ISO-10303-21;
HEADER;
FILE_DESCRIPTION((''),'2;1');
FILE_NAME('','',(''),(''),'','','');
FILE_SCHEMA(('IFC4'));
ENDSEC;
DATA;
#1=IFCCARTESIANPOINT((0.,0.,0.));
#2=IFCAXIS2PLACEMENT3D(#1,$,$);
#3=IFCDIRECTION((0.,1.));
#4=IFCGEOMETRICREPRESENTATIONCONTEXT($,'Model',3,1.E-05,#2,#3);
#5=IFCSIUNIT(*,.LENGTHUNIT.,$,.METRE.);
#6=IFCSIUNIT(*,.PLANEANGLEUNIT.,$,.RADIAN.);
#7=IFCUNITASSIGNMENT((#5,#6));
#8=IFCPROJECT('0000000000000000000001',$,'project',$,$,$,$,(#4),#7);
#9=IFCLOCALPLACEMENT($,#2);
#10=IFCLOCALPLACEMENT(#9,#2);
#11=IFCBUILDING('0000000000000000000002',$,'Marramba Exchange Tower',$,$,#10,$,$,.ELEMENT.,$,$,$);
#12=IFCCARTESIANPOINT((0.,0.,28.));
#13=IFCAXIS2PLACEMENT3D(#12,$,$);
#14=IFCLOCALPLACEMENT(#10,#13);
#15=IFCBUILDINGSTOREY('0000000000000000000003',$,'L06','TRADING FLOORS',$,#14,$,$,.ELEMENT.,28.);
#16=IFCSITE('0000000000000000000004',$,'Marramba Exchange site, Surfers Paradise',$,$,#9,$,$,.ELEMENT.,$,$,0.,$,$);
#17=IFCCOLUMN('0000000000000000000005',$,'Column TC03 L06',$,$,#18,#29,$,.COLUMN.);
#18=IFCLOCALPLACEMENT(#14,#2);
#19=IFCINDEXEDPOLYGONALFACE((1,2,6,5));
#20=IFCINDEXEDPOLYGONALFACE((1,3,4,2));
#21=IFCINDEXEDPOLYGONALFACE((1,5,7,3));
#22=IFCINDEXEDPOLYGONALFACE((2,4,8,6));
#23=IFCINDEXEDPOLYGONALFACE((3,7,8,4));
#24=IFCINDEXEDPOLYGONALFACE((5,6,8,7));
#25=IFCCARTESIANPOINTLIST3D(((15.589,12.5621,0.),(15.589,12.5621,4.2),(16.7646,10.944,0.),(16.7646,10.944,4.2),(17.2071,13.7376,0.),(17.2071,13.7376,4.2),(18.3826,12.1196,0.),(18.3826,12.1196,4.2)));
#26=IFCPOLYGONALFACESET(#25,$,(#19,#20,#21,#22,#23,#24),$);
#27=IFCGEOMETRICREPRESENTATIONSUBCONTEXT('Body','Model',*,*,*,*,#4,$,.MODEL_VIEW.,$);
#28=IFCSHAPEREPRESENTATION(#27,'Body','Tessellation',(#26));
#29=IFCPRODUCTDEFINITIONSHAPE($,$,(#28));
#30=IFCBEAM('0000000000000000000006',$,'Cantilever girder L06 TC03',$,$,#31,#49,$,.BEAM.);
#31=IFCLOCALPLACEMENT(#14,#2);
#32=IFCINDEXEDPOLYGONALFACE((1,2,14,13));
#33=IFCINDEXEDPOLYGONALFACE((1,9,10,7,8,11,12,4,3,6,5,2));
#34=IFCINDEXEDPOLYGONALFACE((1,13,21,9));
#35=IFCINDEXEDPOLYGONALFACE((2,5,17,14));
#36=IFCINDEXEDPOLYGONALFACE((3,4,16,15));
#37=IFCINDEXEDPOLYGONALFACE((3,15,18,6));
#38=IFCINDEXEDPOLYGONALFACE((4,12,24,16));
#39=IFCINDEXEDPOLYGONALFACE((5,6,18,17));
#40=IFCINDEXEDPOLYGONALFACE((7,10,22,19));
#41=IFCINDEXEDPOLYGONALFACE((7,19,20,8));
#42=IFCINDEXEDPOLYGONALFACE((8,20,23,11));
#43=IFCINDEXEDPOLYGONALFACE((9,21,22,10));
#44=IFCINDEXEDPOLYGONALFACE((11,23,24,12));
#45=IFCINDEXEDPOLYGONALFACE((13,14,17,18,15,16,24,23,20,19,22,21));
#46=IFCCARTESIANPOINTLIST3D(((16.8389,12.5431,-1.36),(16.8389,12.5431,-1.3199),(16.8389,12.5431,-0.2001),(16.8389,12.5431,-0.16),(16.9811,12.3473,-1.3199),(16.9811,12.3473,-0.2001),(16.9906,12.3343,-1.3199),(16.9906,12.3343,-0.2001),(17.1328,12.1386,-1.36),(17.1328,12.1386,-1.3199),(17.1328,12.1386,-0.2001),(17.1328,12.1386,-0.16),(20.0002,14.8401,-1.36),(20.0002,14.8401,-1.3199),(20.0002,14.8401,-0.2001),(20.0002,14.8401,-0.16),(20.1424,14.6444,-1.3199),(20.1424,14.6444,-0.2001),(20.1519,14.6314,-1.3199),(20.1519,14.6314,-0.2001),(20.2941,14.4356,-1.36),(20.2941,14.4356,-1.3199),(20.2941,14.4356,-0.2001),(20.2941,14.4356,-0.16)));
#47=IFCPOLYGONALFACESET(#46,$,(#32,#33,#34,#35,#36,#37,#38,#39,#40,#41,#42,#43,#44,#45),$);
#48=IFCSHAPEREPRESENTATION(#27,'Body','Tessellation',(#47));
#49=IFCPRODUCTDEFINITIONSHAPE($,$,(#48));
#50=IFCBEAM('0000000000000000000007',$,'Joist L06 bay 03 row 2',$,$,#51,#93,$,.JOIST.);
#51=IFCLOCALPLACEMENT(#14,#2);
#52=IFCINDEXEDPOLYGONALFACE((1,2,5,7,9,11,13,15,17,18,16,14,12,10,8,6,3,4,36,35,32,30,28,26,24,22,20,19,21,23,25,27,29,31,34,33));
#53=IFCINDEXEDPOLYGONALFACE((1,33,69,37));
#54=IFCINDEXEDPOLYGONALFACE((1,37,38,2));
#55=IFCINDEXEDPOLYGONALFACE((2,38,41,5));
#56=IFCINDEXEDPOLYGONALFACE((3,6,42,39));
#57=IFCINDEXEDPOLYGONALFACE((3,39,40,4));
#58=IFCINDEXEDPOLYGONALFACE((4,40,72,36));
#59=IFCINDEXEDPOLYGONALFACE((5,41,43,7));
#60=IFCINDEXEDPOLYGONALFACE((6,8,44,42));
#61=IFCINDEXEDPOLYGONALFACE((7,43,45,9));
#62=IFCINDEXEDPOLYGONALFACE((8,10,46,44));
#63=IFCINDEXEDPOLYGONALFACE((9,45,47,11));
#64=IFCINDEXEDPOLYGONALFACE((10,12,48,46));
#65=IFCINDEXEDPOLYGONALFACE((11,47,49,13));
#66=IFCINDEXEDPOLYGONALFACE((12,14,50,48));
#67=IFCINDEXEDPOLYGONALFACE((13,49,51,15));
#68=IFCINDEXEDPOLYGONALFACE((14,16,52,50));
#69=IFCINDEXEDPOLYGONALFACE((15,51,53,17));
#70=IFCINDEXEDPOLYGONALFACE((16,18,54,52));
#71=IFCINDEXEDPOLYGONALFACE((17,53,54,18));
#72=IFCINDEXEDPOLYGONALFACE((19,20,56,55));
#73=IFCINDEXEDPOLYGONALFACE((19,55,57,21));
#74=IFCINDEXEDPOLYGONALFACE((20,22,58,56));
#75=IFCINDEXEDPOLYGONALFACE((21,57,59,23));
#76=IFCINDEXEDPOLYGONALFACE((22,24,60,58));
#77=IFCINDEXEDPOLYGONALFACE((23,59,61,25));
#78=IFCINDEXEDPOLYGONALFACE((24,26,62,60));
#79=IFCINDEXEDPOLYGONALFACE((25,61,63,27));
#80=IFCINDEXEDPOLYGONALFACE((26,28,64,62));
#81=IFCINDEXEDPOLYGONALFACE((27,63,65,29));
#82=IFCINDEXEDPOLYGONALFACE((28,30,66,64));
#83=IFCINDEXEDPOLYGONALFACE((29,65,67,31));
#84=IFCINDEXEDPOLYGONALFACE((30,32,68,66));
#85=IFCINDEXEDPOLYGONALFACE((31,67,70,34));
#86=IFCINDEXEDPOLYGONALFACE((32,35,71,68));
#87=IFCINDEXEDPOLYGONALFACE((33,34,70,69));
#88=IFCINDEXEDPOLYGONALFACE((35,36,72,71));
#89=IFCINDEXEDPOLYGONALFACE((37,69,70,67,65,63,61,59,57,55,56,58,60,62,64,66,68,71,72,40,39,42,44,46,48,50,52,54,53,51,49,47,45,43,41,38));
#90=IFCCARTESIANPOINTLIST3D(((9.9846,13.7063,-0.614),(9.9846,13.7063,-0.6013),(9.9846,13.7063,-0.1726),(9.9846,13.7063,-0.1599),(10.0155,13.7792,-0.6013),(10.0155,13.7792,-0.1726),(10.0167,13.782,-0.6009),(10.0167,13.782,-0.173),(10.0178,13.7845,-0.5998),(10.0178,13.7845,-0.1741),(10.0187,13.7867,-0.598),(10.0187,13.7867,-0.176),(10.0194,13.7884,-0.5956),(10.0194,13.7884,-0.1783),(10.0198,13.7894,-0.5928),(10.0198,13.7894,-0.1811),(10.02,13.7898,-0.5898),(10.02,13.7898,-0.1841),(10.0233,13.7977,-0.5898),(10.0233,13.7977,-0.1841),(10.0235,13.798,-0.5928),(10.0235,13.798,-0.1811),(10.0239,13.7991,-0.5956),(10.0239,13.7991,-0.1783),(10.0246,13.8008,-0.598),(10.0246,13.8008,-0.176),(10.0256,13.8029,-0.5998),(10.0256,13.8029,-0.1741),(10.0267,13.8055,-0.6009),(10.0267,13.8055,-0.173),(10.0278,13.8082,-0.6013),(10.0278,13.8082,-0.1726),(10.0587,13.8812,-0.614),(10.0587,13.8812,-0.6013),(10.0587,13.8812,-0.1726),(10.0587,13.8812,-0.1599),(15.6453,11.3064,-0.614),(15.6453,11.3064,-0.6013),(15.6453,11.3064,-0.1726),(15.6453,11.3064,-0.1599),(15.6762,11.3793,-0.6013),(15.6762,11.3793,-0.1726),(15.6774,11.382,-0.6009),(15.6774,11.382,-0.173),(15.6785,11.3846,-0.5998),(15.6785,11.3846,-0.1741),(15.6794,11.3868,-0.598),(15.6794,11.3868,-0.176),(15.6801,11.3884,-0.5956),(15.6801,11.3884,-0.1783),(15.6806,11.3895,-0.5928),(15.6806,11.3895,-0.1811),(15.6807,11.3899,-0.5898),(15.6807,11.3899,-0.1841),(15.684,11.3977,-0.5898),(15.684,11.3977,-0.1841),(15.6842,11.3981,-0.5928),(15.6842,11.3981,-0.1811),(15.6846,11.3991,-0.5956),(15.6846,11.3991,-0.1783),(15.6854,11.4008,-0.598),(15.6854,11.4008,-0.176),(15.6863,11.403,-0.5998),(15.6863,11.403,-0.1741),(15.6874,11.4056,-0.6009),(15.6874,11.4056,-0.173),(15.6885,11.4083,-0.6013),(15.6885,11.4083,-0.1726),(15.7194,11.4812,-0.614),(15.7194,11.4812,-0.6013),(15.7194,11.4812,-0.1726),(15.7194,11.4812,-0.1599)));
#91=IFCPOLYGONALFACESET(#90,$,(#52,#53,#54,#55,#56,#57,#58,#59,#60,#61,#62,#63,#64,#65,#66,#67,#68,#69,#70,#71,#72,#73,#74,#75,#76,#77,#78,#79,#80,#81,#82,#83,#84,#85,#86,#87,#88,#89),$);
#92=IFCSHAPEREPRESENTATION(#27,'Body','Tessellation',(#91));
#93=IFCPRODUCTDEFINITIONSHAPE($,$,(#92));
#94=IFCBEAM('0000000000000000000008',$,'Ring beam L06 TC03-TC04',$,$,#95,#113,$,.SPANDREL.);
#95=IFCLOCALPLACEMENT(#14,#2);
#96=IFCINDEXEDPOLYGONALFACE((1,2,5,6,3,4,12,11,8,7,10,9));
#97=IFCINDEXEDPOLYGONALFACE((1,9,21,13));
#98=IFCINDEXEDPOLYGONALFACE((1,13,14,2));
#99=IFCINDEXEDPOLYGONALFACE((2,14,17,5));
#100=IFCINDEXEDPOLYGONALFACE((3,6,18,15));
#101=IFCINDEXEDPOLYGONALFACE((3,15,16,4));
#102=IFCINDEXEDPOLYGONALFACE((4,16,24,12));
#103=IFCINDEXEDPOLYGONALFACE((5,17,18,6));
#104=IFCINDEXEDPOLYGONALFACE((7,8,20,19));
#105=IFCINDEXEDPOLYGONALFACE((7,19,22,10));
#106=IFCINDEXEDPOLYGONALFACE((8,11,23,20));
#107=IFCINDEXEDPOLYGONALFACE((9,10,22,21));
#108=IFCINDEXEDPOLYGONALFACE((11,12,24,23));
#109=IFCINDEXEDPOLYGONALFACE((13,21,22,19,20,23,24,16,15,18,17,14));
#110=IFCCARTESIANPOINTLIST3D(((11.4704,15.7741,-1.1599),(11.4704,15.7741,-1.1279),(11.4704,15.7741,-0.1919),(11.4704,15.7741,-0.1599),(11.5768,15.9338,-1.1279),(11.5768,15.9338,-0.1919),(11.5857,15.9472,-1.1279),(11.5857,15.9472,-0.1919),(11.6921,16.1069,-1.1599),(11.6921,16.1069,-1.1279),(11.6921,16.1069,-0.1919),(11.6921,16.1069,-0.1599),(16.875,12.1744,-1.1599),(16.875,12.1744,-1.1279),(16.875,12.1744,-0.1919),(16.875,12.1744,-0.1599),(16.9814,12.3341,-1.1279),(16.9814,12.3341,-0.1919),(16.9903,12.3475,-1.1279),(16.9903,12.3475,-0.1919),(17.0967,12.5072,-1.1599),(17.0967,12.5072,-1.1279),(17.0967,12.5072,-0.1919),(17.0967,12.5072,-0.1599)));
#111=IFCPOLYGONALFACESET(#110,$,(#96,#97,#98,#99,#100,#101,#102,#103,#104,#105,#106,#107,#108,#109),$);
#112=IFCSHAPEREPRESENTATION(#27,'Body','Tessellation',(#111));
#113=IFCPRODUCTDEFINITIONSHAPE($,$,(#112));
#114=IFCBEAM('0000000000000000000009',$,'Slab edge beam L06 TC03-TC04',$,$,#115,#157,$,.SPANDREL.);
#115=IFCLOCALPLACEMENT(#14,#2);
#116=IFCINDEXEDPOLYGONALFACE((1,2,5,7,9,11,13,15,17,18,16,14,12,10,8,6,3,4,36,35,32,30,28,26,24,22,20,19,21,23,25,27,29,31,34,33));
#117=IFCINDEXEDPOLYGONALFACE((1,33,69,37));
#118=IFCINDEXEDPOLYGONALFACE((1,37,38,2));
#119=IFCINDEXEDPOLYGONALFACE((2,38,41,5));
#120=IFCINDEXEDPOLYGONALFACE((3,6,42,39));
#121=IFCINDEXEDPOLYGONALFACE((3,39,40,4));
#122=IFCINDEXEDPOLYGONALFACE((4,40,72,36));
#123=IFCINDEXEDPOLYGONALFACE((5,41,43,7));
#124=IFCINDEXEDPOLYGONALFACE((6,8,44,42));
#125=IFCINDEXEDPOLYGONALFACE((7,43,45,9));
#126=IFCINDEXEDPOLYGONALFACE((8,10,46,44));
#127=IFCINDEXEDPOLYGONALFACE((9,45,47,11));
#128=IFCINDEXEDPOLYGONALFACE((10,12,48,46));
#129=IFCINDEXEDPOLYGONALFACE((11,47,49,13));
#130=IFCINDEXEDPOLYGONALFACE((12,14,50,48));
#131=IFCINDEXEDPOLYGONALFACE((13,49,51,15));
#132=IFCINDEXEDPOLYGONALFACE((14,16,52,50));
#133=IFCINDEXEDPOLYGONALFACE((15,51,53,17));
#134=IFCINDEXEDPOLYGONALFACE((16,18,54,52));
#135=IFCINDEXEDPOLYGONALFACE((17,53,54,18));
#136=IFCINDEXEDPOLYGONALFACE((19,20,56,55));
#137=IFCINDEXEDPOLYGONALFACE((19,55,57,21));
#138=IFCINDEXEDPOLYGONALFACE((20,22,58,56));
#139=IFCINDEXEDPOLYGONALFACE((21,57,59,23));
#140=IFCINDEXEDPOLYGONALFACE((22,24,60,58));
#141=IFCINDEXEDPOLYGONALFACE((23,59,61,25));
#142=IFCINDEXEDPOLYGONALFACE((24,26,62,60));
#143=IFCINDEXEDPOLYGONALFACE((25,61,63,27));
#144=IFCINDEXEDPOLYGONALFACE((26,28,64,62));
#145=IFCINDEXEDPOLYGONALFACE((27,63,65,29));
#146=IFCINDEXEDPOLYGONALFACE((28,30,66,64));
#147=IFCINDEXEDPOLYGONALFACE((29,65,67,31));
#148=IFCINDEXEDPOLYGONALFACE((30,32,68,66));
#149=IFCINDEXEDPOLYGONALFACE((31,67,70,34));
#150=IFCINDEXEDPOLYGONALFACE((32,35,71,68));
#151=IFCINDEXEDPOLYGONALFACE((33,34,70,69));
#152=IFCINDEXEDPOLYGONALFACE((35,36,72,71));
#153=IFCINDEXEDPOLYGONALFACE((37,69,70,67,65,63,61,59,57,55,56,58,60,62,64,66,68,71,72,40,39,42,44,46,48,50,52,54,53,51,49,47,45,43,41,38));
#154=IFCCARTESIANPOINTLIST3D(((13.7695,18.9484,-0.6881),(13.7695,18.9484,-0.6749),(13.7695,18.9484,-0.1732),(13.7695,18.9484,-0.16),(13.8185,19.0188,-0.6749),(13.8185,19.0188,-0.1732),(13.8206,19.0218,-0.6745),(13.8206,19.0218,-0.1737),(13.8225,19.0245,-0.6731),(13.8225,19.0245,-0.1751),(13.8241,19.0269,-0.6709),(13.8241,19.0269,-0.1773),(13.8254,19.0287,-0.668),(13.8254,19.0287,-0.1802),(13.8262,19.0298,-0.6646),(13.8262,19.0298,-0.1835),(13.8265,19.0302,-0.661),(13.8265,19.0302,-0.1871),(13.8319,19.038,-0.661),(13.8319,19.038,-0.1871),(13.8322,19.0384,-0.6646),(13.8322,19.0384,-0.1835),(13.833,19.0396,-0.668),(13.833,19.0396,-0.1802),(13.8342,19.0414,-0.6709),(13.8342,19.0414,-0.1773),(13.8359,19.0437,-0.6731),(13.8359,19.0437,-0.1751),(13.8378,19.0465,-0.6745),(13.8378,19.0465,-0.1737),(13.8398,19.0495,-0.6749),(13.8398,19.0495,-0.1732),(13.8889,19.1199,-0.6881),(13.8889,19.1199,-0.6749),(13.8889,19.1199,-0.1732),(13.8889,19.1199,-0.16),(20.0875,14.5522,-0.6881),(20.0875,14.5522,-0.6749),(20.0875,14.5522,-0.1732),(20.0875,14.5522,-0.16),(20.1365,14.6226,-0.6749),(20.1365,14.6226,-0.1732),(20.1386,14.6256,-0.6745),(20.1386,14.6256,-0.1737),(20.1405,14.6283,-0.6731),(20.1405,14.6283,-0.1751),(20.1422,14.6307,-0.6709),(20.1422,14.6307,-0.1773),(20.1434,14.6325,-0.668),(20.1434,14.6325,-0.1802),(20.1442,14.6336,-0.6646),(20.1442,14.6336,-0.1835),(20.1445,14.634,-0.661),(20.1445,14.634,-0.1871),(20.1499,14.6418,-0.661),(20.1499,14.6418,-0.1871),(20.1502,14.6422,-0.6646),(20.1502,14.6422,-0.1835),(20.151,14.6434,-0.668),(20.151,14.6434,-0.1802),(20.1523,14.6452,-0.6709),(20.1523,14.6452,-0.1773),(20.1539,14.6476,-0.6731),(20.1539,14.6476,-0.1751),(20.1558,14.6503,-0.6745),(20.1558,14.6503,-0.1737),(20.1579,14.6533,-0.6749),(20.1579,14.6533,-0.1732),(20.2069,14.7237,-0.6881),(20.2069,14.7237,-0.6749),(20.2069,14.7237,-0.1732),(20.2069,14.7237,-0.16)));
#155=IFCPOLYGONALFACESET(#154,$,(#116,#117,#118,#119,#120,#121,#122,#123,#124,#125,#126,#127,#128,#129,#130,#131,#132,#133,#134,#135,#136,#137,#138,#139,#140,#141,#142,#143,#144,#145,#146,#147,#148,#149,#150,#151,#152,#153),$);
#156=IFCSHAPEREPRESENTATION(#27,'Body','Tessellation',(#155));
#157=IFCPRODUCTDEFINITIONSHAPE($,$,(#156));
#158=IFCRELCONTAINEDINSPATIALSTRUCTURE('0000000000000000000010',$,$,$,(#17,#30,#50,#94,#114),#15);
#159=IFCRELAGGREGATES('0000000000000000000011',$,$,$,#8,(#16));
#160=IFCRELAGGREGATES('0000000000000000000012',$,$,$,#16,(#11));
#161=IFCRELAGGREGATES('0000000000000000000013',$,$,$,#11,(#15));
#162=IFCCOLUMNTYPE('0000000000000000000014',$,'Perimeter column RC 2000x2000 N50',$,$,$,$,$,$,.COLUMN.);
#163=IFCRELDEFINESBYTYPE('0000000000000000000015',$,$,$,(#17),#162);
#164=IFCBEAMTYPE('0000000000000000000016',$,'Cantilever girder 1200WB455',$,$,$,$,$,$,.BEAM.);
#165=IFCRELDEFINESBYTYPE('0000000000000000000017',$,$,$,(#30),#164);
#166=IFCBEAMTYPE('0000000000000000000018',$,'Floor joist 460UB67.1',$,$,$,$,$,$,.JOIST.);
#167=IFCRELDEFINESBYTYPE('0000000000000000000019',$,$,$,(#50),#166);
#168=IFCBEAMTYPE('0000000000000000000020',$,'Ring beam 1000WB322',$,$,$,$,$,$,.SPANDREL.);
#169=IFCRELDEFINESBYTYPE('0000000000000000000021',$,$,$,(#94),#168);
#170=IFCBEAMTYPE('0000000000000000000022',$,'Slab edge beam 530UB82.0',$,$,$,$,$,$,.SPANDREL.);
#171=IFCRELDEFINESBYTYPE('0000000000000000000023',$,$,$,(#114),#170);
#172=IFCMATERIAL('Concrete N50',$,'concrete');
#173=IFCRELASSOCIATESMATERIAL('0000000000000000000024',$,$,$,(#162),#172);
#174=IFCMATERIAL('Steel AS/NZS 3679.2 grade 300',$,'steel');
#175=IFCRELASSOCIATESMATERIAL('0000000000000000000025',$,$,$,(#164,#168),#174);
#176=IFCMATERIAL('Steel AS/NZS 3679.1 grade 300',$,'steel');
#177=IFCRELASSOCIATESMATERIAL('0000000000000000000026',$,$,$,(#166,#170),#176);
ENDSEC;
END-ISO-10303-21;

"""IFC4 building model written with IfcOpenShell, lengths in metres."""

from ifc_helpers import new_model, si_unit, direction, frame, origin, origin_2d, place, context, subcontext, project, spatial, rectangle, i_section, extrude, material, material_profile, profile_set, type_object, element, save


model = new_model("IFC4")

# Units and contexts
model_context = context("Model", 3, precision=1e-05, world=origin(), true_north=direction((0.0, 1.0)))
body_context = subcontext(model_context, "Body", "Model", "MODEL_VIEW")
ifc_project = project(units=[si_unit("LENGTHUNIT", "METRE"), si_unit("PLANEANGLEUNIT", "RADIAN")], contexts=[model_context])

# Site, building, storey
site_placement = place(None, origin())
site = spatial("IfcSite", under=ifc_project, at=site_placement, Name="Marramba Exchange site, Surfers Paradise", CompositionType="ELEMENT", RefElevation=0.0)
building_placement = place(site_placement, origin())
building = spatial("IfcBuilding", under=site, at=building_placement, Name="Marramba Exchange Tower", CompositionType="ELEMENT")
storey_placement = place(building_placement, frame((0.0, 0.0, 28.0)))
storey = spatial("IfcBuildingStorey", under=building, at=storey_placement, Name="L06", Description="TRADING FLOORS", CompositionType="ELEMENT", Elevation=28.0)

# Column
ifc_material_1 = material(Name="Concrete N50", Category="concrete")
ifc_material_profile_1 = material_profile(ifc_material_1, rectangle(XDim=2.0, YDim=2.0, at=origin_2d()), Name="RC 2000x2000")
ifc_profile_set_1 = profile_set([ifc_material_profile_1], Name="Concrete N50")
column_type = type_object("IfcColumnType", Name="Perimeter column RC 2000x2000 N50", PredefinedType="COLUMN", material=ifc_profile_set_1)
column_placement = place(storey_placement, frame((16.9858, 12.3408, 0.0), z_axis=(0.0, 0.0, 1.0), x_axis=(0.809017, 0.587785, 0.0)))
element("IfcColumn", 1, at=column_placement, inside=storey, type_object=column_type, Name="Column TC03 L06", PredefinedType="COLUMN", context=body_context, shape_type="SweptSolid", body=[
    extrude(rectangle(XDim=2.0, YDim=2.0, at=origin_2d()), origin(), (0.0, 0.0, 1.0), 4.2),
])

# Beams
ifc_material_2 = material(Name="Steel AS/NZS 3679.2 grade 300", Category="steel")
ifc_material_profile_2 = material_profile(ifc_material_2, i_section(OverallWidth=0.5, OverallDepth=1.2, WebThickness=0.0161, FlangeThickness=0.04, at=origin_2d()), Name="1200WB455")
ifc_profile_set_2 = profile_set([ifc_material_profile_2], Name="Steel AS/NZS 3679.2 grade 300")
beam_type_1 = type_object("IfcBeamType", Name="Cantilever girder 1200WB455", PredefinedType="BEAM", material=ifc_profile_set_2)
beam_1_placement = place(storey_placement, frame((16.9858, 12.3408, -0.76), z_axis=(0.808987, 0.587826, 0.0), x_axis=(-0.587826, 0.808987, 0.0)))
element("IfcBeam", 2, at=beam_1_placement, inside=storey, type_object=beam_type_1, Name="Cantilever girder L06 TC03", PredefinedType="BEAM", context=body_context, shape_type="SweptSolid", body=[
    extrude(i_section(OverallWidth=0.5, OverallDepth=1.2, WebThickness=0.0161, FlangeThickness=0.04, at=origin_2d()), origin(), (0.0, 0.0, 1.0), 3.9077),
])
ifc_material_3 = material(Name="Steel AS/NZS 3679.1 grade 300", Category="steel")
ifc_material_profile_3 = material_profile(ifc_material_3, i_section(OverallWidth=0.1899, OverallDepth=0.4541, WebThickness=0.0085, FlangeThickness=0.0127, FilletRadius=0.0115, at=origin_2d()), Name="460UB67.1")
ifc_profile_set_3 = profile_set([ifc_material_profile_3], Name="Steel AS/NZS 3679.1 grade 300")
beam_type_2 = type_object("IfcBeamType", Name="Floor joist 460UB67.1", PredefinedType="JOIST", material=ifc_profile_set_3)
beam_2_placement = place(storey_placement, frame((15.6824, 11.3938, -0.387), z_axis=(-0.920674, 0.390332, 0.0), x_axis=(-0.390332, -0.920674, 0.0)))
element("IfcBeam", 3, at=beam_2_placement, inside=storey, type_object=beam_type_2, Name="Joist L06 bay 03 row 2", PredefinedType="JOIST", context=body_context, shape_type="SweptSolid", body=[
    extrude(i_section(OverallWidth=0.1899, OverallDepth=0.4541, WebThickness=0.0085, FlangeThickness=0.0127, FilletRadius=0.0115, at=origin_2d()), origin(), (0.0, 0.0, 1.0), 6.1484),
])
ifc_material_profile_4 = material_profile(ifc_material_2, i_section(OverallWidth=0.3999, OverallDepth=1.0, WebThickness=0.0161, FlangeThickness=0.032, at=origin_2d()), Name="1000WB322")
ifc_profile_set_4 = profile_set([ifc_material_profile_4], Name="Steel AS/NZS 3679.2 grade 300")
beam_type_3 = type_object("IfcBeamType", Name="Ring beam 1000WB322", PredefinedType="SPANDREL", material=ifc_profile_set_4)
beam_3_placement = place(storey_placement, frame((16.9858, 12.3408, -0.6599), z_axis=(-0.832293, 0.554336, 0.0), x_axis=(-0.554336, -0.832293, 0.0)))
element("IfcBeam", 4, at=beam_3_placement, inside=storey, type_object=beam_type_3, Name="Ring beam L06 TC03-TC04", PredefinedType="SPANDREL", context=body_context, shape_type="SweptSolid", body=[
    extrude(i_section(OverallWidth=0.3999, OverallDepth=1.0, WebThickness=0.0161, FlangeThickness=0.032, at=origin_2d()), origin(), (0.0, 0.0, 1.0), 6.4937),
])
ifc_material_profile_5 = material_profile(ifc_material_3, i_section(OverallWidth=0.209, OverallDepth=0.5281, WebThickness=0.0095, FlangeThickness=0.0132, FilletRadius=0.0139, at=origin_2d()), Name="530UB82.0")
ifc_profile_set_5 = profile_set([ifc_material_profile_5], Name="Steel AS/NZS 3679.1 grade 300")
beam_type_4 = type_object("IfcBeamType", Name="Slab edge beam 530UB82.0", PredefinedType="SPANDREL", material=ifc_profile_set_5)
beam_4_placement = place(storey_placement, frame((20.1472, 14.6379, -0.4241), z_axis=(-0.820842, 0.571155, 0.0), x_axis=(-0.571155, -0.820842, 0.0)))
element("IfcBeam", 5, at=beam_4_placement, inside=storey, type_object=beam_type_4, Name="Slab edge beam L06 TC03-TC04", PredefinedType="SPANDREL", context=body_context, shape_type="SweptSolid", body=[
    extrude(i_section(OverallWidth=0.209, OverallDepth=0.5281, WebThickness=0.0095, FlangeThickness=0.0132, FilletRadius=0.0139, at=origin_2d()), origin(), (0.0, 0.0, 1.0), 7.697),
])

save(model, "model.ifc")
